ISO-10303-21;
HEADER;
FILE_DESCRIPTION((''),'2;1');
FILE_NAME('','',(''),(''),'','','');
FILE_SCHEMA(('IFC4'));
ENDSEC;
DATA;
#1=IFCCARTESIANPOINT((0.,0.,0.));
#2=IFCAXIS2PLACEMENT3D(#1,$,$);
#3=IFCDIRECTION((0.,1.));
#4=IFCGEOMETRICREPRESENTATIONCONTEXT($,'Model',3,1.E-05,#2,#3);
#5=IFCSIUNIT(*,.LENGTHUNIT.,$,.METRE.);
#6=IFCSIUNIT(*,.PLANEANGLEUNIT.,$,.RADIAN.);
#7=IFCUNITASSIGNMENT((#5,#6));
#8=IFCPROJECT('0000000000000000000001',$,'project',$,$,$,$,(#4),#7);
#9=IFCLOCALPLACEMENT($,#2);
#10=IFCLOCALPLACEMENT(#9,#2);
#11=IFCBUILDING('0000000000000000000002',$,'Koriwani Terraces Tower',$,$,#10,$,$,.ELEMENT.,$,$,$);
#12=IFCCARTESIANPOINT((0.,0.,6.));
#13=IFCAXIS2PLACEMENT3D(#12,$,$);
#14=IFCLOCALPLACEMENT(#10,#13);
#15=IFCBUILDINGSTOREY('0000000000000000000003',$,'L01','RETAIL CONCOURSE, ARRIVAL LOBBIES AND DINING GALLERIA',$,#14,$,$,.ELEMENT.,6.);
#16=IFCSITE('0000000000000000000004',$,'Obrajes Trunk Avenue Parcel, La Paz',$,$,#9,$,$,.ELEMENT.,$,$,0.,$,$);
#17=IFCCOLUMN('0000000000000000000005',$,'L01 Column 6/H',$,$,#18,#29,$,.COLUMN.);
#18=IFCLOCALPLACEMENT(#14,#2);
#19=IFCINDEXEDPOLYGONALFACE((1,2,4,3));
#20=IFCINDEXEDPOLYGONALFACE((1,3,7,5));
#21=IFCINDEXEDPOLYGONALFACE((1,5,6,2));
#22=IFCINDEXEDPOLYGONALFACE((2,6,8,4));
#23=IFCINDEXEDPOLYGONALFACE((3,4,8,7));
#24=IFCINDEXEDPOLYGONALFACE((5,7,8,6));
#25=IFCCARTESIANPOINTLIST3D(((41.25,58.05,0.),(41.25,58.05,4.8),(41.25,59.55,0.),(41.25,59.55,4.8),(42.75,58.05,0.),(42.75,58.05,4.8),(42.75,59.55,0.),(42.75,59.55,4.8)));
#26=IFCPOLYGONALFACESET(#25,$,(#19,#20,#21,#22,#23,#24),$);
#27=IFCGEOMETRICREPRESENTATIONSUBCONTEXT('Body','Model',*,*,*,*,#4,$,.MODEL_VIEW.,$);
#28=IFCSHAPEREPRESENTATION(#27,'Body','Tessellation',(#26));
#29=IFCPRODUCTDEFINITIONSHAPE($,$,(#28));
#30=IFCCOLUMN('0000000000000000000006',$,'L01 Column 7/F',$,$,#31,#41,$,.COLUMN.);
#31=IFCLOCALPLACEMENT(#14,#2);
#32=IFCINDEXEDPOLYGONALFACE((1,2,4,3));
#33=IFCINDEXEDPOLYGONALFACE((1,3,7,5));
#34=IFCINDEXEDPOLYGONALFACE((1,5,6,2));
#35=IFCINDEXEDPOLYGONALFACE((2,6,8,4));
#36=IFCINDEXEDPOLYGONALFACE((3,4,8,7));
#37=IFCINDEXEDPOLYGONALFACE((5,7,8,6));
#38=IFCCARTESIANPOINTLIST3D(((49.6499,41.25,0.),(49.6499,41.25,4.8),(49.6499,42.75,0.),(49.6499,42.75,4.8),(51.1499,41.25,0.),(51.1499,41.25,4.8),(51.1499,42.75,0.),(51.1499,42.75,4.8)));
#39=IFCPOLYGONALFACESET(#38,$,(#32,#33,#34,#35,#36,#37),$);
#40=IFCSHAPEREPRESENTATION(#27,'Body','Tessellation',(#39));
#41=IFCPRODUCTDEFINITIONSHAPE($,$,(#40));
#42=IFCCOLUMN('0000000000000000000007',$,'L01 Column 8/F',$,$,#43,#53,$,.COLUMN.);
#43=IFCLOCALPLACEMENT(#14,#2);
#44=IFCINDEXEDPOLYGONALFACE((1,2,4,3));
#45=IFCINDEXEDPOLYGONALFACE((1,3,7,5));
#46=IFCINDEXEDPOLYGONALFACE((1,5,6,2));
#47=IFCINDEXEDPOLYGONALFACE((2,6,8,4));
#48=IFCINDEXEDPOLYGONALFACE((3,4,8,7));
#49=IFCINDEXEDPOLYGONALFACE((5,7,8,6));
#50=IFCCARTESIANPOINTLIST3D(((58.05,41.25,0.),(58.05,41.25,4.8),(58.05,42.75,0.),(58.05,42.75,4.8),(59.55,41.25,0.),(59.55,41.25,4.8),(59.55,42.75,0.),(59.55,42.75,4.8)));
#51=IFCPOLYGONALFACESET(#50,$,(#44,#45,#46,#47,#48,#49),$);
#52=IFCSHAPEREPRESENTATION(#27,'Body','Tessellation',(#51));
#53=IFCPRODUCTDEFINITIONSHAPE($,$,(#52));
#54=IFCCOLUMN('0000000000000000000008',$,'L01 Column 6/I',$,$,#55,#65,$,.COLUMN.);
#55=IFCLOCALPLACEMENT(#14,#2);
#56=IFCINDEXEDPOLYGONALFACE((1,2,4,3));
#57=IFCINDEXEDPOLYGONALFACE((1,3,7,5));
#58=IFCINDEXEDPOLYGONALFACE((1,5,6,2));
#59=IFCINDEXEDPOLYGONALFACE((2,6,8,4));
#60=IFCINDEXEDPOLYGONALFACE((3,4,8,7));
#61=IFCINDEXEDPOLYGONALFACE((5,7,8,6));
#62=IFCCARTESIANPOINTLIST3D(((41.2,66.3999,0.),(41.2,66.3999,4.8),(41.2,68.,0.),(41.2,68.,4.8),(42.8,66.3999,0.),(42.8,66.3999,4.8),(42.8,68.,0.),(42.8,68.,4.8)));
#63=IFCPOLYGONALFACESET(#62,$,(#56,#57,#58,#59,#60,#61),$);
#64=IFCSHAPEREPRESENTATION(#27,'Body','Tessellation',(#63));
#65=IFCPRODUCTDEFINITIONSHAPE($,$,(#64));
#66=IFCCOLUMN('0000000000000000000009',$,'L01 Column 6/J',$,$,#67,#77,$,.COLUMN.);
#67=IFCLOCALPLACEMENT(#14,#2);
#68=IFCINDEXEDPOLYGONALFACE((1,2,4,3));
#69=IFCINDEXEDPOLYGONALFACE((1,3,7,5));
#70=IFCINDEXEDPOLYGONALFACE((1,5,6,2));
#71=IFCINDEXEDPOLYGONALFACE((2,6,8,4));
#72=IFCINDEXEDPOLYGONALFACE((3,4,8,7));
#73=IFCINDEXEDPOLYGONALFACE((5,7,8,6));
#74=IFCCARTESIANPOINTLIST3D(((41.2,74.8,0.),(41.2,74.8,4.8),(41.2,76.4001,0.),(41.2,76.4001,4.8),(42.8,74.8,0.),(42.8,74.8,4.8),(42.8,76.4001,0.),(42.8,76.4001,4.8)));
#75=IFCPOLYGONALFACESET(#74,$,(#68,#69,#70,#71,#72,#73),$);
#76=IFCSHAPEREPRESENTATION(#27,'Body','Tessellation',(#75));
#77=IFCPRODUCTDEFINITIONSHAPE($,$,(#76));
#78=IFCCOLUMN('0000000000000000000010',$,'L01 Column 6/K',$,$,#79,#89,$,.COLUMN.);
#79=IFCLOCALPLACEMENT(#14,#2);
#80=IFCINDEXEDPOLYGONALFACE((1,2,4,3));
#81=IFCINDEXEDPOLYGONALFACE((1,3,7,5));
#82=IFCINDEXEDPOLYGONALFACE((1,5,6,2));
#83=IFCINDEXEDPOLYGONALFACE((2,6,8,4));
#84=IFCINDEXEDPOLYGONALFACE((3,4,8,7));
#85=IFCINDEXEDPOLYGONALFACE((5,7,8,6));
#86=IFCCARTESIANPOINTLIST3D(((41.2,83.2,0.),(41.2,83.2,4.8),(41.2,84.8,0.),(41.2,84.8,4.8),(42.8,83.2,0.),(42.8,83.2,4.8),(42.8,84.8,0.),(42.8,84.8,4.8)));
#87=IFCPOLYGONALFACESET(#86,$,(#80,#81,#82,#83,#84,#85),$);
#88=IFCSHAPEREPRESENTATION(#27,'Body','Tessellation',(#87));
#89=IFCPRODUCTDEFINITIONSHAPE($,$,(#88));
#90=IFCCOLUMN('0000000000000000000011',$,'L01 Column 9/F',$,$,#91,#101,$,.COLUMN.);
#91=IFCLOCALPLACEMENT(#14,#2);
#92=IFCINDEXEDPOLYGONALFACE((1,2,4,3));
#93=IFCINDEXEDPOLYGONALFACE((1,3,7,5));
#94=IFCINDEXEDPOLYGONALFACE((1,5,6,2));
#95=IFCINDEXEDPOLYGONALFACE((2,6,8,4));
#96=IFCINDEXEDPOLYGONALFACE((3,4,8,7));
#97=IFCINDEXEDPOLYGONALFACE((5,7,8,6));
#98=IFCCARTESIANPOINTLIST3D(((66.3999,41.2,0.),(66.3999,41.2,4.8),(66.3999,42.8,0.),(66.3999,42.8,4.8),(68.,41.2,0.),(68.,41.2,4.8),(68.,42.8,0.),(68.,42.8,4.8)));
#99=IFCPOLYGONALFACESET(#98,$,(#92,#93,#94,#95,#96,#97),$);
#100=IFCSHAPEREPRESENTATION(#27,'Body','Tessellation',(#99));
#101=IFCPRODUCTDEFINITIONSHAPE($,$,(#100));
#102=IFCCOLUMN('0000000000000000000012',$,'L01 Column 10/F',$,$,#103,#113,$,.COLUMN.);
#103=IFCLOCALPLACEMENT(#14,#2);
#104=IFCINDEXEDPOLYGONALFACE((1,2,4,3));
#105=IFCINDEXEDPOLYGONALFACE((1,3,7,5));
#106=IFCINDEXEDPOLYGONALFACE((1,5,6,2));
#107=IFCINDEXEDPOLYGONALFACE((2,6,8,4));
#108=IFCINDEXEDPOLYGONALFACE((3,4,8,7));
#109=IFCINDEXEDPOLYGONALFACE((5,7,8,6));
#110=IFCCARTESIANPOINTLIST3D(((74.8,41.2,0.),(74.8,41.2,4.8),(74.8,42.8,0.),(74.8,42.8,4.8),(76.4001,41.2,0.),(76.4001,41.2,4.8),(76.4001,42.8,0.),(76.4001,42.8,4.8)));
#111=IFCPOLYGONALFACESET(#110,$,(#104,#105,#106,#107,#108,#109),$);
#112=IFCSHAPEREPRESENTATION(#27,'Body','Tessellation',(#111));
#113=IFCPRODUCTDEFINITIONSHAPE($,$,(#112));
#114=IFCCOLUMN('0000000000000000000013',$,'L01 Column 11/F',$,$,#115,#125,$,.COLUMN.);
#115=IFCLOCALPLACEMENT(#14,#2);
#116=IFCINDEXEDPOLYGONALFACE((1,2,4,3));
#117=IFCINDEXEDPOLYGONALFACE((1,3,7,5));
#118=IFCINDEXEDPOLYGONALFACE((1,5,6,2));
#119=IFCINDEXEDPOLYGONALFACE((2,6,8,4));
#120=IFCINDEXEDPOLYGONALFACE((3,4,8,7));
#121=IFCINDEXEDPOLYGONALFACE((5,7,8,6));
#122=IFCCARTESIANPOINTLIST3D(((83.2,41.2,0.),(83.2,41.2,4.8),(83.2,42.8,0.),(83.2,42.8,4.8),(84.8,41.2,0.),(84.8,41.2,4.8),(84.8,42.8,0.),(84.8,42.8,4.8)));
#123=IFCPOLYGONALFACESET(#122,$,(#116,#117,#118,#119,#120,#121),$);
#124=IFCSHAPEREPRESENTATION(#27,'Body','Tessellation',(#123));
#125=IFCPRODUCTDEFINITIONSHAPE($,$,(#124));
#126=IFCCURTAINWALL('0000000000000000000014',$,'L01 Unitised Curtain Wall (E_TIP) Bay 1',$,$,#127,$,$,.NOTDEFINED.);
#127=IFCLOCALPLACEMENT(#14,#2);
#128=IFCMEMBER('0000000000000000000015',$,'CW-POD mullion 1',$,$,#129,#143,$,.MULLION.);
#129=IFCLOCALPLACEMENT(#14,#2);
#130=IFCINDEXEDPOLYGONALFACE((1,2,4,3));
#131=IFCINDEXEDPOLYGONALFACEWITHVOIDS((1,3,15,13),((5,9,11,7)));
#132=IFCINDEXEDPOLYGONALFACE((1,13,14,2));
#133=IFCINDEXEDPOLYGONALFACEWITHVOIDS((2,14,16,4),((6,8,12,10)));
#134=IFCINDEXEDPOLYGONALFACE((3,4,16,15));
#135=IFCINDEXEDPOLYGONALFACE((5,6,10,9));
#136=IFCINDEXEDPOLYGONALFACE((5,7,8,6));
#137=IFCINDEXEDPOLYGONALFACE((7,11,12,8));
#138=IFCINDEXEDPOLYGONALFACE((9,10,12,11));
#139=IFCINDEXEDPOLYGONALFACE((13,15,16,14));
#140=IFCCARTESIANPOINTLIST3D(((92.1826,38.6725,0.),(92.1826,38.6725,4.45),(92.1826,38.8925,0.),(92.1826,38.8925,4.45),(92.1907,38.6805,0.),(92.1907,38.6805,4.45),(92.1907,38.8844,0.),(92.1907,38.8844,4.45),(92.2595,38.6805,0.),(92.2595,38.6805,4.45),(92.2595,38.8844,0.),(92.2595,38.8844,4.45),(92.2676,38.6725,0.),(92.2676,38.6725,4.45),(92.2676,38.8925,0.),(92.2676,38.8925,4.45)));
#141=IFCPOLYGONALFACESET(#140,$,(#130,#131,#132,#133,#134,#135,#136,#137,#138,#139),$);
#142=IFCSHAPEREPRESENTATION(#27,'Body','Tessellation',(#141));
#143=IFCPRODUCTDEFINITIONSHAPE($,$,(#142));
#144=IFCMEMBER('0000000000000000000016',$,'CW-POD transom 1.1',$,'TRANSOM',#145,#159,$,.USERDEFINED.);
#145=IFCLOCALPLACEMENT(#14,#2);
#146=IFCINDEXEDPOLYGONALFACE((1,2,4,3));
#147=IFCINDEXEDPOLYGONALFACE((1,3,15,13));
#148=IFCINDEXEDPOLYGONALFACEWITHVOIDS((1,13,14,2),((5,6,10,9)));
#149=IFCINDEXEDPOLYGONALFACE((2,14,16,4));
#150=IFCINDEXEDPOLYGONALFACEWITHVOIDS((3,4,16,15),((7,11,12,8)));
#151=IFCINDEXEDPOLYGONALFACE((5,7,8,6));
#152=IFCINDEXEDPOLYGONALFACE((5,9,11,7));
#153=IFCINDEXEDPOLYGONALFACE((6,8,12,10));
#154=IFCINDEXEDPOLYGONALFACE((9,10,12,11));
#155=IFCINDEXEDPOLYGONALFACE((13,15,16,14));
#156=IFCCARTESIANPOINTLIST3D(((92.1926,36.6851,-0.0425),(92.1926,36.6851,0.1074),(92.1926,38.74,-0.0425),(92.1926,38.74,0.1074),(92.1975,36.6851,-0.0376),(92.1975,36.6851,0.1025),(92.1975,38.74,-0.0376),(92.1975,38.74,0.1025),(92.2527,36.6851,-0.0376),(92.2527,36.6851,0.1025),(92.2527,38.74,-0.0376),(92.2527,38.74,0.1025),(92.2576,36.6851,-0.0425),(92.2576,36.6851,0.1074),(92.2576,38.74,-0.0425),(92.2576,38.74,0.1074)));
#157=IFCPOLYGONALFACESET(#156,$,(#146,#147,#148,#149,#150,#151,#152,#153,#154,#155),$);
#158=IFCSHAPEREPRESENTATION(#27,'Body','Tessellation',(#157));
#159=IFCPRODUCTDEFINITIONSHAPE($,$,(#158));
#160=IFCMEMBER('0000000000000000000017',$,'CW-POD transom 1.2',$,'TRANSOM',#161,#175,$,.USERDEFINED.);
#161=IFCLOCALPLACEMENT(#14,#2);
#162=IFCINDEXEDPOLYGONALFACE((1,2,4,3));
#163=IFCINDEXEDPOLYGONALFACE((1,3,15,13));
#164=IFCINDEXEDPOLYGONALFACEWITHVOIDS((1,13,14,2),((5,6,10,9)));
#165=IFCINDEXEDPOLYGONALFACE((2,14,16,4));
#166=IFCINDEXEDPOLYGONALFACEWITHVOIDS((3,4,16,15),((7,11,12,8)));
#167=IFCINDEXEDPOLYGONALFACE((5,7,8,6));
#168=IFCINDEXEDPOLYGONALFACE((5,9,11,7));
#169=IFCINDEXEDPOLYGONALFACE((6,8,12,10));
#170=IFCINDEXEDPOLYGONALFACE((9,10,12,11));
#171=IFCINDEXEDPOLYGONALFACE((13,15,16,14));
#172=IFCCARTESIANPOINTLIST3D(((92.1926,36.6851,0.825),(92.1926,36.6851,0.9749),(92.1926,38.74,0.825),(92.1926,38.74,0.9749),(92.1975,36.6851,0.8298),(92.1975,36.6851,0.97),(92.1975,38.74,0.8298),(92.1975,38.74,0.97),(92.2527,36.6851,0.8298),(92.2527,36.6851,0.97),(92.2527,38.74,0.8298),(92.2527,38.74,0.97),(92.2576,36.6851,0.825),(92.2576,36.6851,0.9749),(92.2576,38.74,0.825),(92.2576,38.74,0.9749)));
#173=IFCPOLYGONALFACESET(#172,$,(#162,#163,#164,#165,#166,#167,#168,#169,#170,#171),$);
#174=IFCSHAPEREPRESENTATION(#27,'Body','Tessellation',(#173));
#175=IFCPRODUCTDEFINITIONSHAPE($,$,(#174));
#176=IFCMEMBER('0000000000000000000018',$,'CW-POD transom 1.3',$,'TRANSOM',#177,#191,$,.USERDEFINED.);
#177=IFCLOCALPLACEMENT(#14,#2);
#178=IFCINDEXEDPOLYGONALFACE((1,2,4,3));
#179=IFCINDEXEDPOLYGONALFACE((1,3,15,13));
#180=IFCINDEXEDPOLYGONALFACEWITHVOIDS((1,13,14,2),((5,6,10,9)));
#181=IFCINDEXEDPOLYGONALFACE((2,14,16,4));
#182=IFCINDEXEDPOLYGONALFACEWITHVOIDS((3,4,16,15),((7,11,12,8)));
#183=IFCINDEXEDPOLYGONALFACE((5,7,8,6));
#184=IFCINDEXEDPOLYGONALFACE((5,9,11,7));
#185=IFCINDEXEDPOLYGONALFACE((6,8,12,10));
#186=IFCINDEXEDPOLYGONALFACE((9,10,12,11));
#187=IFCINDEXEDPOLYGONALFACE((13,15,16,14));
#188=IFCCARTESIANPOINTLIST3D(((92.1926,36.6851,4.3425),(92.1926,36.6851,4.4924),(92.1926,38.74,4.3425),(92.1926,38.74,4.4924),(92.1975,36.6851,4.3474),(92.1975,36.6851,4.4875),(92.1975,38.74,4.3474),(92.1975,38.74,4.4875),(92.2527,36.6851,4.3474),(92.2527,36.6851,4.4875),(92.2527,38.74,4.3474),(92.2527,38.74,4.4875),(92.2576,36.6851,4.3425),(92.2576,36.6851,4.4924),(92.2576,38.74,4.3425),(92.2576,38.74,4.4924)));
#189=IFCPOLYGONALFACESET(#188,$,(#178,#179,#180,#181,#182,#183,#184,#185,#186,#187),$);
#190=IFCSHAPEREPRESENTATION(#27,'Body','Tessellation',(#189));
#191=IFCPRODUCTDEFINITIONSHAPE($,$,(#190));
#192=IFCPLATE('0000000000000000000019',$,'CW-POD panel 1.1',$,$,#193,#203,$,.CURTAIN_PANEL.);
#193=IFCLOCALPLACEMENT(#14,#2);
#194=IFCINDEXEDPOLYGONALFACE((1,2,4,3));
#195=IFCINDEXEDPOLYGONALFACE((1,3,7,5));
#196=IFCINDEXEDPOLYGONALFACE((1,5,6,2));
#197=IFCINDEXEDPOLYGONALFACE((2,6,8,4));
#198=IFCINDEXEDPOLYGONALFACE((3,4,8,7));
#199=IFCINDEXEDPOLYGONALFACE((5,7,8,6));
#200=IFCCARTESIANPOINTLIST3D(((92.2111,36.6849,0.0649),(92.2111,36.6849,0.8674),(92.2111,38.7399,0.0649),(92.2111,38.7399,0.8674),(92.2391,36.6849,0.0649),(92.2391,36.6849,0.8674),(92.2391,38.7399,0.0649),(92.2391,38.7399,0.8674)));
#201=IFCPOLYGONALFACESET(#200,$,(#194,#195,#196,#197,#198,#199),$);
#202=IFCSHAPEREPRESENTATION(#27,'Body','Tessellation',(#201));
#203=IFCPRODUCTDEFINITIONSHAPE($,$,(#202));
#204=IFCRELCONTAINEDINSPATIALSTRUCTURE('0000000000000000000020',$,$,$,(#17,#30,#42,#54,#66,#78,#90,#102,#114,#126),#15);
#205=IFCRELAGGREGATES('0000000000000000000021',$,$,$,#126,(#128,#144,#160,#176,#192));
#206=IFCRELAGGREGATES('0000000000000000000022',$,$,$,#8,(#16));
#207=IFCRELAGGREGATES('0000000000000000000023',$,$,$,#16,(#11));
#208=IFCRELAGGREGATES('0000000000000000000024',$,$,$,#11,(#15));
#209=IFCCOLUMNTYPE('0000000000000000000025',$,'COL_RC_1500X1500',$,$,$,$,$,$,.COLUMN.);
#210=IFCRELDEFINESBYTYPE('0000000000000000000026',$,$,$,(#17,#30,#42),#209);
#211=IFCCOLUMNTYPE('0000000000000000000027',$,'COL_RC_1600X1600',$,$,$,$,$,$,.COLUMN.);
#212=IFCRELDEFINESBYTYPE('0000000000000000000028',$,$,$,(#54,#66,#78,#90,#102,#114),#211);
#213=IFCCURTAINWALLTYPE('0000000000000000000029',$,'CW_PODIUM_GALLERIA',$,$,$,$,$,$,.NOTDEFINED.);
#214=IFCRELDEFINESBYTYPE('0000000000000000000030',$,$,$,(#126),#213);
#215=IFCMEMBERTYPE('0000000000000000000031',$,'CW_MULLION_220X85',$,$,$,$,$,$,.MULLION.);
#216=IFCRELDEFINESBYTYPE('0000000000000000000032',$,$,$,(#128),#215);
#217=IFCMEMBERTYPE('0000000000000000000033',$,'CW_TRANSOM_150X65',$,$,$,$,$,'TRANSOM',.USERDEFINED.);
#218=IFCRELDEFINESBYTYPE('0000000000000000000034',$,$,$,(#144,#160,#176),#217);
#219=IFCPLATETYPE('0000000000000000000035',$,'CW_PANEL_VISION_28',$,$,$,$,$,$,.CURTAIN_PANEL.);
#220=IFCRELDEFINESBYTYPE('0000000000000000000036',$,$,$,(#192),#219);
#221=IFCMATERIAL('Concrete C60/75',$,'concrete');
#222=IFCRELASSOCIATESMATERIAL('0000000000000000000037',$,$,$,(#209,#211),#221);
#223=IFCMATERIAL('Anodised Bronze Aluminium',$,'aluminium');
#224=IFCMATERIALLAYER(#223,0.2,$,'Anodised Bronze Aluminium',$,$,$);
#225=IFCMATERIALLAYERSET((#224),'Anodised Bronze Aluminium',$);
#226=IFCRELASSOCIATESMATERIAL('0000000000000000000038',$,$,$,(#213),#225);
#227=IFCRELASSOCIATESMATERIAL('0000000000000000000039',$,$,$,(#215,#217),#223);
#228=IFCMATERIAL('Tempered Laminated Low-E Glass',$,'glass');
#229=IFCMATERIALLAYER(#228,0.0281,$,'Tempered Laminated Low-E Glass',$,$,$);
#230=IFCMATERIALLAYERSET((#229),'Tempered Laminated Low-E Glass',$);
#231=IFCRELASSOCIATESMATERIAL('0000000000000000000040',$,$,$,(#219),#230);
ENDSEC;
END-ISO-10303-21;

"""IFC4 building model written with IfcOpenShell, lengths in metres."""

from ifc_helpers import new_model, si_unit, direction, frame, origin, origin_2d, place, context, subcontext, project, spatial, rectangle, hollow_rectangle, extrude, material, layer, layer_set, material_profile, profile_set, type_object, element, aggregate, save


model = new_model("IFC4")

# Units and contexts
model_context = context("Model", 3, precision=1e-05, world=origin(), true_north=direction((0.0, 1.0)))
body_context = subcontext(model_context, "Body", "Model", "MODEL_VIEW")
ifc_project = project(units=[si_unit("LENGTHUNIT", "METRE"), si_unit("PLANEANGLEUNIT", "RADIAN")], contexts=[model_context])

# Site, building, storey
site_placement = place(None, origin())
site = spatial("IfcSite", under=ifc_project, at=site_placement, Name="Obrajes Trunk Avenue Parcel, La Paz", CompositionType="ELEMENT", RefElevation=0.0)
building_placement = place(site_placement, origin())
building = spatial("IfcBuilding", under=site, at=building_placement, Name="Koriwani Terraces Tower", CompositionType="ELEMENT")
storey_placement = place(building_placement, frame((0.0, 0.0, 6.0)))
storey = spatial("IfcBuildingStorey", under=building, at=storey_placement, Name="L01", Description="RETAIL CONCOURSE, ARRIVAL LOBBIES AND DINING GALLERIA", CompositionType="ELEMENT", Elevation=6.0)

# Columns
ifc_material_1 = material(Name="Concrete C60/75", Category="concrete")
ifc_material_profile_1 = material_profile(ifc_material_1, rectangle(XDim=1.5, YDim=1.5, at=origin_2d()), Name="Concrete C60/75", Category="LoadBearing")
ifc_profile_set_1 = profile_set([ifc_material_profile_1], Name="Concrete C60/75")
column_type_1 = type_object("IfcColumnType", Name="COL_RC_1500X1500", PredefinedType="COLUMN", material=ifc_profile_set_1)
for number, where, z_axis, x_axis, name in (
    (1, (42.0, 58.8, 0.0), (0.0, 0.0, 1.0), (1.0, 0.0, 0.0), "L01 Column 6/H"),
    (2, (50.3999, 42.0, 0.0), (0.0, 0.0, 1.0), (1.0, 0.0, 0.0), "L01 Column 7/F"),
    (3, (58.8, 42.0, 0.0), (0.0, 0.0, 1.0), (1.0, 0.0, 0.0), "L01 Column 8/F"),
):
    element("IfcColumn", number, at=place(storey_placement, frame(where, z_axis=z_axis, x_axis=x_axis)), inside=storey, type_object=column_type_1, Name=name, PredefinedType="COLUMN", context=body_context, shape_type="SweptSolid", body=[
        extrude(rectangle(XDim=1.5, YDim=1.5, at=origin_2d()), origin(), (0.0, 0.0, 1.0), 4.8),
    ])
ifc_material_profile_2 = material_profile(ifc_material_1, rectangle(XDim=1.6001, YDim=1.6001, at=origin_2d()), Name="Concrete C60/75", Category="LoadBearing")
ifc_profile_set_2 = profile_set([ifc_material_profile_2], Name="Concrete C60/75")
column_type_2 = type_object("IfcColumnType", Name="COL_RC_1600X1600", PredefinedType="COLUMN", material=ifc_profile_set_2)
for number, where, z_axis, x_axis, name in (
    (4, (42.0, 67.2, 0.0), (0.0, 0.0, 1.0), (1.0, 0.0, 0.0), "L01 Column 6/I"),
    (5, (42.0, 75.6001, 0.0), (0.0, 0.0, 1.0), (1.0, 0.0, 0.0), "L01 Column 6/J"),
    (6, (42.0, 84.0, 0.0), (0.0, 0.0, 1.0), (1.0, 0.0, 0.0), "L01 Column 6/K"),
    (7, (67.2, 42.0, 0.0), (0.0, 0.0, 1.0), (1.0, 0.0, 0.0), "L01 Column 9/F"),
    (8, (75.6001, 42.0, 0.0), (0.0, 0.0, 1.0), (1.0, 0.0, 0.0), "L01 Column 10/F"),
    (9, (84.0, 42.0, 0.0), (0.0, 0.0, 1.0), (1.0, 0.0, 0.0), "L01 Column 11/F"),
):
    element("IfcColumn", number, at=place(storey_placement, frame(where, z_axis=z_axis, x_axis=x_axis)), inside=storey, type_object=column_type_2, Name=name, PredefinedType="COLUMN", context=body_context, shape_type="SweptSolid", body=[
        extrude(rectangle(XDim=1.6001, YDim=1.6001, at=origin_2d()), origin(), (0.0, 0.0, 1.0), 4.8),
    ])

# Curtain wall, members, plate
ifc_material_2 = material(Name="Anodised Bronze Aluminium", Category="aluminium")
ifc_layer_1 = layer(ifc_material_2, 0.2, Name="Anodised Bronze Aluminium")
ifc_layer_set_1 = layer_set([ifc_layer_1], Name="Anodised Bronze Aluminium")
curtain_wall_type = type_object("IfcCurtainWallType", Name="CW_PODIUM_GALLERIA", PredefinedType="NOTDEFINED", material=ifc_layer_set_1)
curtain_wall_placement = place(storey_placement, origin())
curtain_wall = element("IfcCurtainWall", 10, at=curtain_wall_placement, inside=storey, type_object=curtain_wall_type, Name="L01 Unitised Curtain Wall (E_TIP) Bay 1", PredefinedType="NOTDEFINED")
ifc_material_profile_3 = material_profile(ifc_material_2, hollow_rectangle(XDim=0.085, YDim=0.22, WallThickness=0.0081, at=origin_2d()), Name="Anodised Bronze Aluminium", Category="LoadBearing")
ifc_profile_set_3 = profile_set([ifc_material_profile_3], Name="Anodised Bronze Aluminium")
member_type_1 = type_object("IfcMemberType", Name="CW_MULLION_220X85", PredefinedType="MULLION", material=ifc_profile_set_3)
member_1_placement = place(storey_placement, frame((92.2251, 38.7825, 0.0), z_axis=(0.0, 0.0, 1.0), x_axis=(1.0, 0.0, 0.0)))
member_1 = element("IfcMember", 11, at=member_1_placement, type_object=member_type_1, Name="CW-POD mullion 1", PredefinedType="MULLION", context=body_context, shape_type="SweptSolid", body=[
    extrude(hollow_rectangle(XDim=0.085, YDim=0.22, WallThickness=0.0081, at=origin_2d()), origin(), (0.0, 0.0, 1.0), 4.45),
])
ifc_material_profile_4 = material_profile(ifc_material_2, hollow_rectangle(XDim=0.0649, YDim=0.1499, WallThickness=0.0049, at=origin_2d()), Name="Anodised Bronze Aluminium", Category="LoadBearing")
ifc_profile_set_4 = profile_set([ifc_material_profile_4], Name="Anodised Bronze Aluminium")
member_type_2 = type_object("IfcMemberType", Name="CW_TRANSOM_150X65", ElementType="TRANSOM", PredefinedType="USERDEFINED", material=ifc_profile_set_4)
member_2_placement = place(storey_placement, frame((92.2251, 38.74, 0.0325), z_axis=(0.0, -1.0, 0.0), x_axis=(1.0, 0.0, 0.0)))
member_2 = element("IfcMember", 12, at=member_2_placement, type_object=member_type_2, Name="CW-POD transom 1.1", ObjectType="TRANSOM", PredefinedType="USERDEFINED", context=body_context, shape_type="SweptSolid", body=[
    extrude(hollow_rectangle(XDim=0.0649, YDim=0.1499, WallThickness=0.0049, at=origin_2d()), origin(), (0.0, 0.0, 1.0), 2.0549),
])
member_3_placement = place(storey_placement, frame((92.2251, 38.74, 0.8999), z_axis=(0.0, -1.0, 0.0), x_axis=(1.0, 0.0, 0.0)))
member_3 = element("IfcMember", 13, at=member_3_placement, type_object=member_type_2, Name="CW-POD transom 1.2", ObjectType="TRANSOM", PredefinedType="USERDEFINED", context=body_context, shape_type="SweptSolid", body=[
    extrude(hollow_rectangle(XDim=0.0649, YDim=0.1499, WallThickness=0.0049, at=origin_2d()), origin(), (0.0, 0.0, 1.0), 2.0549),
])
member_4_placement = place(storey_placement, frame((92.2251, 38.74, 4.4175), z_axis=(0.0, -1.0, 0.0), x_axis=(1.0, 0.0, 0.0)))
member_4 = element("IfcMember", 14, at=member_4_placement, type_object=member_type_2, Name="CW-POD transom 1.3", ObjectType="TRANSOM", PredefinedType="USERDEFINED", context=body_context, shape_type="SweptSolid", body=[
    extrude(hollow_rectangle(XDim=0.0649, YDim=0.1499, WallThickness=0.0049, at=origin_2d()), origin(), (0.0, 0.0, 1.0), 2.0549),
])
ifc_material_3 = material(Name="Tempered Laminated Low-E Glass", Category="glass")
ifc_layer_2 = layer(ifc_material_3, 0.0281, Name="Tempered Laminated Low-E Glass")
ifc_layer_set_2 = layer_set([ifc_layer_2], Name="Tempered Laminated Low-E Glass")
plate_type = type_object("IfcPlateType", Name="CW_PANEL_VISION_28", PredefinedType="CURTAIN_PANEL", material=ifc_layer_set_2)
plate_1_placement = place(storey_placement, frame((92.2251, 37.7124, 0.0649), z_axis=(0.0, 0.0, 1.0), x_axis=(0.0, -1.0, 0.0)))
plate_1 = element("IfcPlate", 15, at=plate_1_placement, type_object=plate_type, Name="CW-POD panel 1.1", PredefinedType="CURTAIN_PANEL", context=body_context, shape_type="SweptSolid", body=[
    extrude(rectangle(XDim=2.0549, YDim=0.0281, at=origin_2d()), origin(), (0.0, 0.0, 1.0), 0.8025),
])
aggregate(curtain_wall, [member_1, member_2, member_3, member_4, plate_1])

save(model, "model.ifc")
